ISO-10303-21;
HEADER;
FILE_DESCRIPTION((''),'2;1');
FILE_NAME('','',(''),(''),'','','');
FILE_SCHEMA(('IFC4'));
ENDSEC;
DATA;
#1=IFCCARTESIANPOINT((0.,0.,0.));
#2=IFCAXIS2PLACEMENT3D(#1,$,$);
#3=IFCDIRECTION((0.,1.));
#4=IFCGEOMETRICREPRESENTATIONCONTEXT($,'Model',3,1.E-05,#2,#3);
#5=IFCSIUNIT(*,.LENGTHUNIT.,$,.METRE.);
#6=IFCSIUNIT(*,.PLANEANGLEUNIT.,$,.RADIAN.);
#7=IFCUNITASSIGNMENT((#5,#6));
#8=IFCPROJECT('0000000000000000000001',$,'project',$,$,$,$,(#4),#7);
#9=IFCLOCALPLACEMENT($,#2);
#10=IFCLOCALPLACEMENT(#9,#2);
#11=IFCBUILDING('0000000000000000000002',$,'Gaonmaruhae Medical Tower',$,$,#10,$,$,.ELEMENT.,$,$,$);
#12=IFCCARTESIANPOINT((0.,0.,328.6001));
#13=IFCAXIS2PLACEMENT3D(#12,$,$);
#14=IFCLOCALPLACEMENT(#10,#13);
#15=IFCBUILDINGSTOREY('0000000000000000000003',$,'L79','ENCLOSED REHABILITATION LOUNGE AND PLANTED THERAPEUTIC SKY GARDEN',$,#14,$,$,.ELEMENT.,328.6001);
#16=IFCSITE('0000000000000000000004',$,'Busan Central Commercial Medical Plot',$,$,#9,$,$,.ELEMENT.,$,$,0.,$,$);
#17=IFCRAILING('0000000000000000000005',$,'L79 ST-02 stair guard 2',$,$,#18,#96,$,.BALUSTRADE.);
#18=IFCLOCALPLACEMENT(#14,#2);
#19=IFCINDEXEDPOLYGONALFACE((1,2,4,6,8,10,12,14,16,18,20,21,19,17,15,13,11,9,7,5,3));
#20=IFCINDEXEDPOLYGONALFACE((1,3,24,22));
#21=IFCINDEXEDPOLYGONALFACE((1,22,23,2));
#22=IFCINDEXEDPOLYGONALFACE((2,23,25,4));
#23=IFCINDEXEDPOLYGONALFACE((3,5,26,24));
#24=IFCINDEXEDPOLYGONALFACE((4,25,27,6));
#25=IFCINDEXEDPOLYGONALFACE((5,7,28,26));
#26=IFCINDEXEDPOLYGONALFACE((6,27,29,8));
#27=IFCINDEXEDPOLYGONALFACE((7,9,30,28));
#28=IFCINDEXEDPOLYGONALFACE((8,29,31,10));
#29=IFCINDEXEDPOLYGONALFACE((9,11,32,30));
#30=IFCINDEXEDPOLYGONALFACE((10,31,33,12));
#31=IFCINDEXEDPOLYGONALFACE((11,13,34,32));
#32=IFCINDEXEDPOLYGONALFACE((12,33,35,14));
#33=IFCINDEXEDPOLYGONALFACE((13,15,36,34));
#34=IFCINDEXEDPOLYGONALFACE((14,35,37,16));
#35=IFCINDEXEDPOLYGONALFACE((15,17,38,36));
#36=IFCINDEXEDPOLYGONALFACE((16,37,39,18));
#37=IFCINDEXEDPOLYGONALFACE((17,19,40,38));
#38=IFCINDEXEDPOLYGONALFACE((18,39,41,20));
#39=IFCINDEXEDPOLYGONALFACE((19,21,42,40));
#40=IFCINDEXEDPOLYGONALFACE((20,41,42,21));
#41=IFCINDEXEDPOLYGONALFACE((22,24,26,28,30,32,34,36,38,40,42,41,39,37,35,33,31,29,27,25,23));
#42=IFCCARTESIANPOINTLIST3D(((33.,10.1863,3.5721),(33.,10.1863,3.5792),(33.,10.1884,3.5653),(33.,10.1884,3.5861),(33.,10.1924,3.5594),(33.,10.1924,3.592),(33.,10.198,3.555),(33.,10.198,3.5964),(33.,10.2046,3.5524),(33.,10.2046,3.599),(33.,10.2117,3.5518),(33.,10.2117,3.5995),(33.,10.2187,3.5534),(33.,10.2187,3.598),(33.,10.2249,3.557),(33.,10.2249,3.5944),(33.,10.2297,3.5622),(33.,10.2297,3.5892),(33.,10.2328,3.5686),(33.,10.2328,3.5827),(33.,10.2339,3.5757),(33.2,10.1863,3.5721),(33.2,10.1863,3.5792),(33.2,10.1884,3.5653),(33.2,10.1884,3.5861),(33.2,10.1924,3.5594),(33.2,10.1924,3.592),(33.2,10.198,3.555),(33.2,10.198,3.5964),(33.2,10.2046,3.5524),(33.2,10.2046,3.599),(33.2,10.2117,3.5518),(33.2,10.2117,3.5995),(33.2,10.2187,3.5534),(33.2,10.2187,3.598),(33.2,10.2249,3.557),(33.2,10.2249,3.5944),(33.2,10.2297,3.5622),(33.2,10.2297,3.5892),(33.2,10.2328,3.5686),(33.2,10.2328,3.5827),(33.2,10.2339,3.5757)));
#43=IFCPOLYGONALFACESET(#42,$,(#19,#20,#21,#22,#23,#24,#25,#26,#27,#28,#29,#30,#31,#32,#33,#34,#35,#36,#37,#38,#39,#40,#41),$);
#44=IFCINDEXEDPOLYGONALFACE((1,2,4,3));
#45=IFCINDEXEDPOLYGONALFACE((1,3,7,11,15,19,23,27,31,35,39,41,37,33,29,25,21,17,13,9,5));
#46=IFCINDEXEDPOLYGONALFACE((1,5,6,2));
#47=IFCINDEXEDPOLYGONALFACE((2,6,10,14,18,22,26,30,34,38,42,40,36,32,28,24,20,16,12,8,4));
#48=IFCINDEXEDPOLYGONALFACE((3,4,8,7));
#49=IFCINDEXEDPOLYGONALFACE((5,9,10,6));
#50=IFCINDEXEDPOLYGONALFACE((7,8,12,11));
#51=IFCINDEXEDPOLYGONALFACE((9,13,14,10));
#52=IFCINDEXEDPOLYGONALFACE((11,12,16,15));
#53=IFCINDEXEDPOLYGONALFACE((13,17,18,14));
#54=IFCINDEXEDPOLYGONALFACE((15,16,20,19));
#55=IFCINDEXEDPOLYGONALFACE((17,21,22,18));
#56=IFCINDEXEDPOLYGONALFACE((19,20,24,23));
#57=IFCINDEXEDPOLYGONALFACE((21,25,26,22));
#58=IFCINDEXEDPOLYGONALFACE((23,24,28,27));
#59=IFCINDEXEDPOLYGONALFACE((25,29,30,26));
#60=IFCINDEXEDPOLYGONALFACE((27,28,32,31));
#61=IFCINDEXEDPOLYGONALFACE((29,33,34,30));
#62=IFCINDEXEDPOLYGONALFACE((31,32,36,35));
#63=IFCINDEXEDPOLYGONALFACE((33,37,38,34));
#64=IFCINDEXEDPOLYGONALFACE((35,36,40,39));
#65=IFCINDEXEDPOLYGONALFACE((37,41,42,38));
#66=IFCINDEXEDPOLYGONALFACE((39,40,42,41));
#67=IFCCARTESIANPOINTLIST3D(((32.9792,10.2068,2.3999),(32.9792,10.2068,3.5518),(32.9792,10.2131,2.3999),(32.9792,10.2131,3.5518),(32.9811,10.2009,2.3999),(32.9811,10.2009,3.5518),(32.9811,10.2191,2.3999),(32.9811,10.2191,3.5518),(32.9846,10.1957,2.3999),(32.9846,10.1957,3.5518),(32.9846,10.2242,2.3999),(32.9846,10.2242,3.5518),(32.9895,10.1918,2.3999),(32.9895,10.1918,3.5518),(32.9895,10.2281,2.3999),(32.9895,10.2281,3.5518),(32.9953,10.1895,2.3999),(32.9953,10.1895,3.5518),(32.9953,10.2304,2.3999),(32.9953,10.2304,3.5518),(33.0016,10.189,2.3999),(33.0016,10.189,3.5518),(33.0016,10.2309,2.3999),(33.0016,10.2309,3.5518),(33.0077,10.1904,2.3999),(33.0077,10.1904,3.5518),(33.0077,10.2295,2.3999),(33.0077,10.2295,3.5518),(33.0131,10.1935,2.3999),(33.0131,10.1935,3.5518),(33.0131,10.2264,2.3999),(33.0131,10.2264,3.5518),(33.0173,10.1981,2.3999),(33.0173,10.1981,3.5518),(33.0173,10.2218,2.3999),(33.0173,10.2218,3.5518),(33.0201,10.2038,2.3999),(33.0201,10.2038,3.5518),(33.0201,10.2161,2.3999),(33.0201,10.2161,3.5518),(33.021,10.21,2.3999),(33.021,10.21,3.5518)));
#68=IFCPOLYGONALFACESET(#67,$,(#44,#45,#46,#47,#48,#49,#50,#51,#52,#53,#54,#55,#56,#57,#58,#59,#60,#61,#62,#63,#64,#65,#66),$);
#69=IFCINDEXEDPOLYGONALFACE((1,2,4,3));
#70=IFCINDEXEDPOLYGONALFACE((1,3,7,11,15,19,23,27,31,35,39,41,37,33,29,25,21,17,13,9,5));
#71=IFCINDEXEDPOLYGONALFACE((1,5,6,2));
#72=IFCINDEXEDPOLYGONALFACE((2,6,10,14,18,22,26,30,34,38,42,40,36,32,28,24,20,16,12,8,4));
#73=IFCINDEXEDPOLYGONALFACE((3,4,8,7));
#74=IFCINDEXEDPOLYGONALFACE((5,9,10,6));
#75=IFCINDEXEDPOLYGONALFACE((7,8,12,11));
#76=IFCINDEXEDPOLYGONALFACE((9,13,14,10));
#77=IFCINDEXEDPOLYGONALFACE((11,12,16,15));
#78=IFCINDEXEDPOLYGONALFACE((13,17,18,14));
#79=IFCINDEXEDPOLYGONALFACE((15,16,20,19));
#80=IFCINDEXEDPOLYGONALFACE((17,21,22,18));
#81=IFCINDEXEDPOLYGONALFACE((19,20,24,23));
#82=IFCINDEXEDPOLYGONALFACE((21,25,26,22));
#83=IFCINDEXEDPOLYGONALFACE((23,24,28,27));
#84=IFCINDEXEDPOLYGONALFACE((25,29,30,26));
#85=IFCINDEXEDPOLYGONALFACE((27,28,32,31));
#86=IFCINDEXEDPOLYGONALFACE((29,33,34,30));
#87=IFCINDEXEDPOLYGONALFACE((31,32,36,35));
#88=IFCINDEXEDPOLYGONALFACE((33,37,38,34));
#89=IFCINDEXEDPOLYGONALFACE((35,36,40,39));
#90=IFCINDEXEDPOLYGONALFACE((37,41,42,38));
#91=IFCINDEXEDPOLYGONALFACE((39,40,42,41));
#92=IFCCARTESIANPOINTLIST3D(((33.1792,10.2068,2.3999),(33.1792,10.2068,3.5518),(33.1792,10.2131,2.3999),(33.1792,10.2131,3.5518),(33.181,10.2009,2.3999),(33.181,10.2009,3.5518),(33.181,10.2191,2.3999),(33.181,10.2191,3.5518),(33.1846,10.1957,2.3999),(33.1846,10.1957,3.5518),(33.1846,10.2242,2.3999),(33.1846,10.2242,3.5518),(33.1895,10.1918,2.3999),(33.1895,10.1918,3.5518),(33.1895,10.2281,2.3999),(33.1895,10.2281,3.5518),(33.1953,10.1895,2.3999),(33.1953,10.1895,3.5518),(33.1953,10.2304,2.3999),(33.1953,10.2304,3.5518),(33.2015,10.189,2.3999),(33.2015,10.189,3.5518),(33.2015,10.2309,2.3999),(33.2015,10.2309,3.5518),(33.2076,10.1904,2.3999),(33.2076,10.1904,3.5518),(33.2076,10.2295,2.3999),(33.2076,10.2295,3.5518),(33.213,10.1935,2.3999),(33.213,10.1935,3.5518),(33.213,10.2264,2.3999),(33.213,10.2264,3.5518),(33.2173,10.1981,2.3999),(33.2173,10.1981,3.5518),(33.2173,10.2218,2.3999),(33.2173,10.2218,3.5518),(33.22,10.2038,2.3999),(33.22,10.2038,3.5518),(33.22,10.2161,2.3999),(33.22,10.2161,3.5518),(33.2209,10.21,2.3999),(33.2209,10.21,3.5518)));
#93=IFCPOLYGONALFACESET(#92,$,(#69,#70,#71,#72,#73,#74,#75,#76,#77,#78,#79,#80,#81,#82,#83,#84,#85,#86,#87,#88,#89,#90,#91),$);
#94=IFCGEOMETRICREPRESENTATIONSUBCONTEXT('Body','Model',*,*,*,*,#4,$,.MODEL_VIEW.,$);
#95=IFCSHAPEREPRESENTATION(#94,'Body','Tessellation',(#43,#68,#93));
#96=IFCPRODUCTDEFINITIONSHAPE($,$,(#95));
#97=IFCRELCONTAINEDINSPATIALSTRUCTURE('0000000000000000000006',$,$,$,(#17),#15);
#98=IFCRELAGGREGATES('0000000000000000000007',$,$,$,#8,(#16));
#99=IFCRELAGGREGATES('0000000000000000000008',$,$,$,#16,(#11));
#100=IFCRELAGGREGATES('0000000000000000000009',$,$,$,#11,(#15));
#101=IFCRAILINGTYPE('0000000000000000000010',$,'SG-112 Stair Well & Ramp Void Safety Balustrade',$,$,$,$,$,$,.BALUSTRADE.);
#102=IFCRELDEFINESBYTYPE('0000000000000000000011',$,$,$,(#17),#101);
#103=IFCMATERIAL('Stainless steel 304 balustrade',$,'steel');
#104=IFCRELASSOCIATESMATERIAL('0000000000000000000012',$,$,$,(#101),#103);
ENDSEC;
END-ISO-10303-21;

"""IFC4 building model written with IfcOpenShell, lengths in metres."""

from ifc_helpers import new_model, si_unit, direction, frame, origin, origin_2d, place, context, subcontext, project, spatial, circle, extrude, material, type_object, element, save


model = new_model("IFC4")

# Units and contexts
model_context = context("Model", 3, precision=1e-05, world=origin(), true_north=direction((0.0, 1.0)))
body_context = subcontext(model_context, "Body", "Model", "MODEL_VIEW")
ifc_project = project(units=[si_unit("LENGTHUNIT", "METRE"), si_unit("PLANEANGLEUNIT", "RADIAN")], contexts=[model_context])

# Site, building, storey
site_placement = place(None, origin())
site = spatial("IfcSite", under=ifc_project, at=site_placement, Name="Busan Central Commercial Medical Plot", CompositionType="ELEMENT", RefElevation=0.0)
building_placement = place(site_placement, origin())
building = spatial("IfcBuilding", under=site, at=building_placement, Name="Gaonmaruhae Medical Tower", CompositionType="ELEMENT")
storey_placement = place(building_placement, frame((0.0, 0.0, 328.6001)))
storey = spatial("IfcBuildingStorey", under=building, at=storey_placement, Name="L79", Description="ENCLOSED REHABILITATION LOUNGE AND PLANTED THERAPEUTIC SKY GARDEN", CompositionType="ELEMENT", Elevation=328.6001)

# Railing
ifc_material_1 = material(Name="Stainless steel 304 balustrade", Category="steel")
railing_type_1 = type_object("IfcRailingType", Name="SG-112 Stair Well & Ramp Void Safety Balustrade", PredefinedType="BALUSTRADE", material=ifc_material_1)
railing_1_placement = place(storey_placement, frame((33.0, 10.21, 2.3999)))
element("IfcRailing", 1, at=railing_1_placement, inside=storey, type_object=railing_type_1, Name="L79 ST-02 stair guard 2", PredefinedType="BALUSTRADE", context=body_context, shape_type="SweptSolid", body=[
    extrude(circle(Radius=0.0239, at=origin_2d()), frame((0.0, 0.0, 1.1758), z_axis=(1.0, 0.0, 0.0), x_axis=(0.0, 1.0, 0.0)), (0.0, 0.0, 1.0), 0.2),
    extrude(circle(Radius=0.021, at=origin_2d()), origin(), (0.0, 0.0, 1.0), 1.1519),
    extrude(circle(Radius=0.021, at=origin_2d()), frame((0.2, 0.0, 0.0)), (0.0, 0.0, 1.0), 1.1519),
])

save(model, "model.ifc")
